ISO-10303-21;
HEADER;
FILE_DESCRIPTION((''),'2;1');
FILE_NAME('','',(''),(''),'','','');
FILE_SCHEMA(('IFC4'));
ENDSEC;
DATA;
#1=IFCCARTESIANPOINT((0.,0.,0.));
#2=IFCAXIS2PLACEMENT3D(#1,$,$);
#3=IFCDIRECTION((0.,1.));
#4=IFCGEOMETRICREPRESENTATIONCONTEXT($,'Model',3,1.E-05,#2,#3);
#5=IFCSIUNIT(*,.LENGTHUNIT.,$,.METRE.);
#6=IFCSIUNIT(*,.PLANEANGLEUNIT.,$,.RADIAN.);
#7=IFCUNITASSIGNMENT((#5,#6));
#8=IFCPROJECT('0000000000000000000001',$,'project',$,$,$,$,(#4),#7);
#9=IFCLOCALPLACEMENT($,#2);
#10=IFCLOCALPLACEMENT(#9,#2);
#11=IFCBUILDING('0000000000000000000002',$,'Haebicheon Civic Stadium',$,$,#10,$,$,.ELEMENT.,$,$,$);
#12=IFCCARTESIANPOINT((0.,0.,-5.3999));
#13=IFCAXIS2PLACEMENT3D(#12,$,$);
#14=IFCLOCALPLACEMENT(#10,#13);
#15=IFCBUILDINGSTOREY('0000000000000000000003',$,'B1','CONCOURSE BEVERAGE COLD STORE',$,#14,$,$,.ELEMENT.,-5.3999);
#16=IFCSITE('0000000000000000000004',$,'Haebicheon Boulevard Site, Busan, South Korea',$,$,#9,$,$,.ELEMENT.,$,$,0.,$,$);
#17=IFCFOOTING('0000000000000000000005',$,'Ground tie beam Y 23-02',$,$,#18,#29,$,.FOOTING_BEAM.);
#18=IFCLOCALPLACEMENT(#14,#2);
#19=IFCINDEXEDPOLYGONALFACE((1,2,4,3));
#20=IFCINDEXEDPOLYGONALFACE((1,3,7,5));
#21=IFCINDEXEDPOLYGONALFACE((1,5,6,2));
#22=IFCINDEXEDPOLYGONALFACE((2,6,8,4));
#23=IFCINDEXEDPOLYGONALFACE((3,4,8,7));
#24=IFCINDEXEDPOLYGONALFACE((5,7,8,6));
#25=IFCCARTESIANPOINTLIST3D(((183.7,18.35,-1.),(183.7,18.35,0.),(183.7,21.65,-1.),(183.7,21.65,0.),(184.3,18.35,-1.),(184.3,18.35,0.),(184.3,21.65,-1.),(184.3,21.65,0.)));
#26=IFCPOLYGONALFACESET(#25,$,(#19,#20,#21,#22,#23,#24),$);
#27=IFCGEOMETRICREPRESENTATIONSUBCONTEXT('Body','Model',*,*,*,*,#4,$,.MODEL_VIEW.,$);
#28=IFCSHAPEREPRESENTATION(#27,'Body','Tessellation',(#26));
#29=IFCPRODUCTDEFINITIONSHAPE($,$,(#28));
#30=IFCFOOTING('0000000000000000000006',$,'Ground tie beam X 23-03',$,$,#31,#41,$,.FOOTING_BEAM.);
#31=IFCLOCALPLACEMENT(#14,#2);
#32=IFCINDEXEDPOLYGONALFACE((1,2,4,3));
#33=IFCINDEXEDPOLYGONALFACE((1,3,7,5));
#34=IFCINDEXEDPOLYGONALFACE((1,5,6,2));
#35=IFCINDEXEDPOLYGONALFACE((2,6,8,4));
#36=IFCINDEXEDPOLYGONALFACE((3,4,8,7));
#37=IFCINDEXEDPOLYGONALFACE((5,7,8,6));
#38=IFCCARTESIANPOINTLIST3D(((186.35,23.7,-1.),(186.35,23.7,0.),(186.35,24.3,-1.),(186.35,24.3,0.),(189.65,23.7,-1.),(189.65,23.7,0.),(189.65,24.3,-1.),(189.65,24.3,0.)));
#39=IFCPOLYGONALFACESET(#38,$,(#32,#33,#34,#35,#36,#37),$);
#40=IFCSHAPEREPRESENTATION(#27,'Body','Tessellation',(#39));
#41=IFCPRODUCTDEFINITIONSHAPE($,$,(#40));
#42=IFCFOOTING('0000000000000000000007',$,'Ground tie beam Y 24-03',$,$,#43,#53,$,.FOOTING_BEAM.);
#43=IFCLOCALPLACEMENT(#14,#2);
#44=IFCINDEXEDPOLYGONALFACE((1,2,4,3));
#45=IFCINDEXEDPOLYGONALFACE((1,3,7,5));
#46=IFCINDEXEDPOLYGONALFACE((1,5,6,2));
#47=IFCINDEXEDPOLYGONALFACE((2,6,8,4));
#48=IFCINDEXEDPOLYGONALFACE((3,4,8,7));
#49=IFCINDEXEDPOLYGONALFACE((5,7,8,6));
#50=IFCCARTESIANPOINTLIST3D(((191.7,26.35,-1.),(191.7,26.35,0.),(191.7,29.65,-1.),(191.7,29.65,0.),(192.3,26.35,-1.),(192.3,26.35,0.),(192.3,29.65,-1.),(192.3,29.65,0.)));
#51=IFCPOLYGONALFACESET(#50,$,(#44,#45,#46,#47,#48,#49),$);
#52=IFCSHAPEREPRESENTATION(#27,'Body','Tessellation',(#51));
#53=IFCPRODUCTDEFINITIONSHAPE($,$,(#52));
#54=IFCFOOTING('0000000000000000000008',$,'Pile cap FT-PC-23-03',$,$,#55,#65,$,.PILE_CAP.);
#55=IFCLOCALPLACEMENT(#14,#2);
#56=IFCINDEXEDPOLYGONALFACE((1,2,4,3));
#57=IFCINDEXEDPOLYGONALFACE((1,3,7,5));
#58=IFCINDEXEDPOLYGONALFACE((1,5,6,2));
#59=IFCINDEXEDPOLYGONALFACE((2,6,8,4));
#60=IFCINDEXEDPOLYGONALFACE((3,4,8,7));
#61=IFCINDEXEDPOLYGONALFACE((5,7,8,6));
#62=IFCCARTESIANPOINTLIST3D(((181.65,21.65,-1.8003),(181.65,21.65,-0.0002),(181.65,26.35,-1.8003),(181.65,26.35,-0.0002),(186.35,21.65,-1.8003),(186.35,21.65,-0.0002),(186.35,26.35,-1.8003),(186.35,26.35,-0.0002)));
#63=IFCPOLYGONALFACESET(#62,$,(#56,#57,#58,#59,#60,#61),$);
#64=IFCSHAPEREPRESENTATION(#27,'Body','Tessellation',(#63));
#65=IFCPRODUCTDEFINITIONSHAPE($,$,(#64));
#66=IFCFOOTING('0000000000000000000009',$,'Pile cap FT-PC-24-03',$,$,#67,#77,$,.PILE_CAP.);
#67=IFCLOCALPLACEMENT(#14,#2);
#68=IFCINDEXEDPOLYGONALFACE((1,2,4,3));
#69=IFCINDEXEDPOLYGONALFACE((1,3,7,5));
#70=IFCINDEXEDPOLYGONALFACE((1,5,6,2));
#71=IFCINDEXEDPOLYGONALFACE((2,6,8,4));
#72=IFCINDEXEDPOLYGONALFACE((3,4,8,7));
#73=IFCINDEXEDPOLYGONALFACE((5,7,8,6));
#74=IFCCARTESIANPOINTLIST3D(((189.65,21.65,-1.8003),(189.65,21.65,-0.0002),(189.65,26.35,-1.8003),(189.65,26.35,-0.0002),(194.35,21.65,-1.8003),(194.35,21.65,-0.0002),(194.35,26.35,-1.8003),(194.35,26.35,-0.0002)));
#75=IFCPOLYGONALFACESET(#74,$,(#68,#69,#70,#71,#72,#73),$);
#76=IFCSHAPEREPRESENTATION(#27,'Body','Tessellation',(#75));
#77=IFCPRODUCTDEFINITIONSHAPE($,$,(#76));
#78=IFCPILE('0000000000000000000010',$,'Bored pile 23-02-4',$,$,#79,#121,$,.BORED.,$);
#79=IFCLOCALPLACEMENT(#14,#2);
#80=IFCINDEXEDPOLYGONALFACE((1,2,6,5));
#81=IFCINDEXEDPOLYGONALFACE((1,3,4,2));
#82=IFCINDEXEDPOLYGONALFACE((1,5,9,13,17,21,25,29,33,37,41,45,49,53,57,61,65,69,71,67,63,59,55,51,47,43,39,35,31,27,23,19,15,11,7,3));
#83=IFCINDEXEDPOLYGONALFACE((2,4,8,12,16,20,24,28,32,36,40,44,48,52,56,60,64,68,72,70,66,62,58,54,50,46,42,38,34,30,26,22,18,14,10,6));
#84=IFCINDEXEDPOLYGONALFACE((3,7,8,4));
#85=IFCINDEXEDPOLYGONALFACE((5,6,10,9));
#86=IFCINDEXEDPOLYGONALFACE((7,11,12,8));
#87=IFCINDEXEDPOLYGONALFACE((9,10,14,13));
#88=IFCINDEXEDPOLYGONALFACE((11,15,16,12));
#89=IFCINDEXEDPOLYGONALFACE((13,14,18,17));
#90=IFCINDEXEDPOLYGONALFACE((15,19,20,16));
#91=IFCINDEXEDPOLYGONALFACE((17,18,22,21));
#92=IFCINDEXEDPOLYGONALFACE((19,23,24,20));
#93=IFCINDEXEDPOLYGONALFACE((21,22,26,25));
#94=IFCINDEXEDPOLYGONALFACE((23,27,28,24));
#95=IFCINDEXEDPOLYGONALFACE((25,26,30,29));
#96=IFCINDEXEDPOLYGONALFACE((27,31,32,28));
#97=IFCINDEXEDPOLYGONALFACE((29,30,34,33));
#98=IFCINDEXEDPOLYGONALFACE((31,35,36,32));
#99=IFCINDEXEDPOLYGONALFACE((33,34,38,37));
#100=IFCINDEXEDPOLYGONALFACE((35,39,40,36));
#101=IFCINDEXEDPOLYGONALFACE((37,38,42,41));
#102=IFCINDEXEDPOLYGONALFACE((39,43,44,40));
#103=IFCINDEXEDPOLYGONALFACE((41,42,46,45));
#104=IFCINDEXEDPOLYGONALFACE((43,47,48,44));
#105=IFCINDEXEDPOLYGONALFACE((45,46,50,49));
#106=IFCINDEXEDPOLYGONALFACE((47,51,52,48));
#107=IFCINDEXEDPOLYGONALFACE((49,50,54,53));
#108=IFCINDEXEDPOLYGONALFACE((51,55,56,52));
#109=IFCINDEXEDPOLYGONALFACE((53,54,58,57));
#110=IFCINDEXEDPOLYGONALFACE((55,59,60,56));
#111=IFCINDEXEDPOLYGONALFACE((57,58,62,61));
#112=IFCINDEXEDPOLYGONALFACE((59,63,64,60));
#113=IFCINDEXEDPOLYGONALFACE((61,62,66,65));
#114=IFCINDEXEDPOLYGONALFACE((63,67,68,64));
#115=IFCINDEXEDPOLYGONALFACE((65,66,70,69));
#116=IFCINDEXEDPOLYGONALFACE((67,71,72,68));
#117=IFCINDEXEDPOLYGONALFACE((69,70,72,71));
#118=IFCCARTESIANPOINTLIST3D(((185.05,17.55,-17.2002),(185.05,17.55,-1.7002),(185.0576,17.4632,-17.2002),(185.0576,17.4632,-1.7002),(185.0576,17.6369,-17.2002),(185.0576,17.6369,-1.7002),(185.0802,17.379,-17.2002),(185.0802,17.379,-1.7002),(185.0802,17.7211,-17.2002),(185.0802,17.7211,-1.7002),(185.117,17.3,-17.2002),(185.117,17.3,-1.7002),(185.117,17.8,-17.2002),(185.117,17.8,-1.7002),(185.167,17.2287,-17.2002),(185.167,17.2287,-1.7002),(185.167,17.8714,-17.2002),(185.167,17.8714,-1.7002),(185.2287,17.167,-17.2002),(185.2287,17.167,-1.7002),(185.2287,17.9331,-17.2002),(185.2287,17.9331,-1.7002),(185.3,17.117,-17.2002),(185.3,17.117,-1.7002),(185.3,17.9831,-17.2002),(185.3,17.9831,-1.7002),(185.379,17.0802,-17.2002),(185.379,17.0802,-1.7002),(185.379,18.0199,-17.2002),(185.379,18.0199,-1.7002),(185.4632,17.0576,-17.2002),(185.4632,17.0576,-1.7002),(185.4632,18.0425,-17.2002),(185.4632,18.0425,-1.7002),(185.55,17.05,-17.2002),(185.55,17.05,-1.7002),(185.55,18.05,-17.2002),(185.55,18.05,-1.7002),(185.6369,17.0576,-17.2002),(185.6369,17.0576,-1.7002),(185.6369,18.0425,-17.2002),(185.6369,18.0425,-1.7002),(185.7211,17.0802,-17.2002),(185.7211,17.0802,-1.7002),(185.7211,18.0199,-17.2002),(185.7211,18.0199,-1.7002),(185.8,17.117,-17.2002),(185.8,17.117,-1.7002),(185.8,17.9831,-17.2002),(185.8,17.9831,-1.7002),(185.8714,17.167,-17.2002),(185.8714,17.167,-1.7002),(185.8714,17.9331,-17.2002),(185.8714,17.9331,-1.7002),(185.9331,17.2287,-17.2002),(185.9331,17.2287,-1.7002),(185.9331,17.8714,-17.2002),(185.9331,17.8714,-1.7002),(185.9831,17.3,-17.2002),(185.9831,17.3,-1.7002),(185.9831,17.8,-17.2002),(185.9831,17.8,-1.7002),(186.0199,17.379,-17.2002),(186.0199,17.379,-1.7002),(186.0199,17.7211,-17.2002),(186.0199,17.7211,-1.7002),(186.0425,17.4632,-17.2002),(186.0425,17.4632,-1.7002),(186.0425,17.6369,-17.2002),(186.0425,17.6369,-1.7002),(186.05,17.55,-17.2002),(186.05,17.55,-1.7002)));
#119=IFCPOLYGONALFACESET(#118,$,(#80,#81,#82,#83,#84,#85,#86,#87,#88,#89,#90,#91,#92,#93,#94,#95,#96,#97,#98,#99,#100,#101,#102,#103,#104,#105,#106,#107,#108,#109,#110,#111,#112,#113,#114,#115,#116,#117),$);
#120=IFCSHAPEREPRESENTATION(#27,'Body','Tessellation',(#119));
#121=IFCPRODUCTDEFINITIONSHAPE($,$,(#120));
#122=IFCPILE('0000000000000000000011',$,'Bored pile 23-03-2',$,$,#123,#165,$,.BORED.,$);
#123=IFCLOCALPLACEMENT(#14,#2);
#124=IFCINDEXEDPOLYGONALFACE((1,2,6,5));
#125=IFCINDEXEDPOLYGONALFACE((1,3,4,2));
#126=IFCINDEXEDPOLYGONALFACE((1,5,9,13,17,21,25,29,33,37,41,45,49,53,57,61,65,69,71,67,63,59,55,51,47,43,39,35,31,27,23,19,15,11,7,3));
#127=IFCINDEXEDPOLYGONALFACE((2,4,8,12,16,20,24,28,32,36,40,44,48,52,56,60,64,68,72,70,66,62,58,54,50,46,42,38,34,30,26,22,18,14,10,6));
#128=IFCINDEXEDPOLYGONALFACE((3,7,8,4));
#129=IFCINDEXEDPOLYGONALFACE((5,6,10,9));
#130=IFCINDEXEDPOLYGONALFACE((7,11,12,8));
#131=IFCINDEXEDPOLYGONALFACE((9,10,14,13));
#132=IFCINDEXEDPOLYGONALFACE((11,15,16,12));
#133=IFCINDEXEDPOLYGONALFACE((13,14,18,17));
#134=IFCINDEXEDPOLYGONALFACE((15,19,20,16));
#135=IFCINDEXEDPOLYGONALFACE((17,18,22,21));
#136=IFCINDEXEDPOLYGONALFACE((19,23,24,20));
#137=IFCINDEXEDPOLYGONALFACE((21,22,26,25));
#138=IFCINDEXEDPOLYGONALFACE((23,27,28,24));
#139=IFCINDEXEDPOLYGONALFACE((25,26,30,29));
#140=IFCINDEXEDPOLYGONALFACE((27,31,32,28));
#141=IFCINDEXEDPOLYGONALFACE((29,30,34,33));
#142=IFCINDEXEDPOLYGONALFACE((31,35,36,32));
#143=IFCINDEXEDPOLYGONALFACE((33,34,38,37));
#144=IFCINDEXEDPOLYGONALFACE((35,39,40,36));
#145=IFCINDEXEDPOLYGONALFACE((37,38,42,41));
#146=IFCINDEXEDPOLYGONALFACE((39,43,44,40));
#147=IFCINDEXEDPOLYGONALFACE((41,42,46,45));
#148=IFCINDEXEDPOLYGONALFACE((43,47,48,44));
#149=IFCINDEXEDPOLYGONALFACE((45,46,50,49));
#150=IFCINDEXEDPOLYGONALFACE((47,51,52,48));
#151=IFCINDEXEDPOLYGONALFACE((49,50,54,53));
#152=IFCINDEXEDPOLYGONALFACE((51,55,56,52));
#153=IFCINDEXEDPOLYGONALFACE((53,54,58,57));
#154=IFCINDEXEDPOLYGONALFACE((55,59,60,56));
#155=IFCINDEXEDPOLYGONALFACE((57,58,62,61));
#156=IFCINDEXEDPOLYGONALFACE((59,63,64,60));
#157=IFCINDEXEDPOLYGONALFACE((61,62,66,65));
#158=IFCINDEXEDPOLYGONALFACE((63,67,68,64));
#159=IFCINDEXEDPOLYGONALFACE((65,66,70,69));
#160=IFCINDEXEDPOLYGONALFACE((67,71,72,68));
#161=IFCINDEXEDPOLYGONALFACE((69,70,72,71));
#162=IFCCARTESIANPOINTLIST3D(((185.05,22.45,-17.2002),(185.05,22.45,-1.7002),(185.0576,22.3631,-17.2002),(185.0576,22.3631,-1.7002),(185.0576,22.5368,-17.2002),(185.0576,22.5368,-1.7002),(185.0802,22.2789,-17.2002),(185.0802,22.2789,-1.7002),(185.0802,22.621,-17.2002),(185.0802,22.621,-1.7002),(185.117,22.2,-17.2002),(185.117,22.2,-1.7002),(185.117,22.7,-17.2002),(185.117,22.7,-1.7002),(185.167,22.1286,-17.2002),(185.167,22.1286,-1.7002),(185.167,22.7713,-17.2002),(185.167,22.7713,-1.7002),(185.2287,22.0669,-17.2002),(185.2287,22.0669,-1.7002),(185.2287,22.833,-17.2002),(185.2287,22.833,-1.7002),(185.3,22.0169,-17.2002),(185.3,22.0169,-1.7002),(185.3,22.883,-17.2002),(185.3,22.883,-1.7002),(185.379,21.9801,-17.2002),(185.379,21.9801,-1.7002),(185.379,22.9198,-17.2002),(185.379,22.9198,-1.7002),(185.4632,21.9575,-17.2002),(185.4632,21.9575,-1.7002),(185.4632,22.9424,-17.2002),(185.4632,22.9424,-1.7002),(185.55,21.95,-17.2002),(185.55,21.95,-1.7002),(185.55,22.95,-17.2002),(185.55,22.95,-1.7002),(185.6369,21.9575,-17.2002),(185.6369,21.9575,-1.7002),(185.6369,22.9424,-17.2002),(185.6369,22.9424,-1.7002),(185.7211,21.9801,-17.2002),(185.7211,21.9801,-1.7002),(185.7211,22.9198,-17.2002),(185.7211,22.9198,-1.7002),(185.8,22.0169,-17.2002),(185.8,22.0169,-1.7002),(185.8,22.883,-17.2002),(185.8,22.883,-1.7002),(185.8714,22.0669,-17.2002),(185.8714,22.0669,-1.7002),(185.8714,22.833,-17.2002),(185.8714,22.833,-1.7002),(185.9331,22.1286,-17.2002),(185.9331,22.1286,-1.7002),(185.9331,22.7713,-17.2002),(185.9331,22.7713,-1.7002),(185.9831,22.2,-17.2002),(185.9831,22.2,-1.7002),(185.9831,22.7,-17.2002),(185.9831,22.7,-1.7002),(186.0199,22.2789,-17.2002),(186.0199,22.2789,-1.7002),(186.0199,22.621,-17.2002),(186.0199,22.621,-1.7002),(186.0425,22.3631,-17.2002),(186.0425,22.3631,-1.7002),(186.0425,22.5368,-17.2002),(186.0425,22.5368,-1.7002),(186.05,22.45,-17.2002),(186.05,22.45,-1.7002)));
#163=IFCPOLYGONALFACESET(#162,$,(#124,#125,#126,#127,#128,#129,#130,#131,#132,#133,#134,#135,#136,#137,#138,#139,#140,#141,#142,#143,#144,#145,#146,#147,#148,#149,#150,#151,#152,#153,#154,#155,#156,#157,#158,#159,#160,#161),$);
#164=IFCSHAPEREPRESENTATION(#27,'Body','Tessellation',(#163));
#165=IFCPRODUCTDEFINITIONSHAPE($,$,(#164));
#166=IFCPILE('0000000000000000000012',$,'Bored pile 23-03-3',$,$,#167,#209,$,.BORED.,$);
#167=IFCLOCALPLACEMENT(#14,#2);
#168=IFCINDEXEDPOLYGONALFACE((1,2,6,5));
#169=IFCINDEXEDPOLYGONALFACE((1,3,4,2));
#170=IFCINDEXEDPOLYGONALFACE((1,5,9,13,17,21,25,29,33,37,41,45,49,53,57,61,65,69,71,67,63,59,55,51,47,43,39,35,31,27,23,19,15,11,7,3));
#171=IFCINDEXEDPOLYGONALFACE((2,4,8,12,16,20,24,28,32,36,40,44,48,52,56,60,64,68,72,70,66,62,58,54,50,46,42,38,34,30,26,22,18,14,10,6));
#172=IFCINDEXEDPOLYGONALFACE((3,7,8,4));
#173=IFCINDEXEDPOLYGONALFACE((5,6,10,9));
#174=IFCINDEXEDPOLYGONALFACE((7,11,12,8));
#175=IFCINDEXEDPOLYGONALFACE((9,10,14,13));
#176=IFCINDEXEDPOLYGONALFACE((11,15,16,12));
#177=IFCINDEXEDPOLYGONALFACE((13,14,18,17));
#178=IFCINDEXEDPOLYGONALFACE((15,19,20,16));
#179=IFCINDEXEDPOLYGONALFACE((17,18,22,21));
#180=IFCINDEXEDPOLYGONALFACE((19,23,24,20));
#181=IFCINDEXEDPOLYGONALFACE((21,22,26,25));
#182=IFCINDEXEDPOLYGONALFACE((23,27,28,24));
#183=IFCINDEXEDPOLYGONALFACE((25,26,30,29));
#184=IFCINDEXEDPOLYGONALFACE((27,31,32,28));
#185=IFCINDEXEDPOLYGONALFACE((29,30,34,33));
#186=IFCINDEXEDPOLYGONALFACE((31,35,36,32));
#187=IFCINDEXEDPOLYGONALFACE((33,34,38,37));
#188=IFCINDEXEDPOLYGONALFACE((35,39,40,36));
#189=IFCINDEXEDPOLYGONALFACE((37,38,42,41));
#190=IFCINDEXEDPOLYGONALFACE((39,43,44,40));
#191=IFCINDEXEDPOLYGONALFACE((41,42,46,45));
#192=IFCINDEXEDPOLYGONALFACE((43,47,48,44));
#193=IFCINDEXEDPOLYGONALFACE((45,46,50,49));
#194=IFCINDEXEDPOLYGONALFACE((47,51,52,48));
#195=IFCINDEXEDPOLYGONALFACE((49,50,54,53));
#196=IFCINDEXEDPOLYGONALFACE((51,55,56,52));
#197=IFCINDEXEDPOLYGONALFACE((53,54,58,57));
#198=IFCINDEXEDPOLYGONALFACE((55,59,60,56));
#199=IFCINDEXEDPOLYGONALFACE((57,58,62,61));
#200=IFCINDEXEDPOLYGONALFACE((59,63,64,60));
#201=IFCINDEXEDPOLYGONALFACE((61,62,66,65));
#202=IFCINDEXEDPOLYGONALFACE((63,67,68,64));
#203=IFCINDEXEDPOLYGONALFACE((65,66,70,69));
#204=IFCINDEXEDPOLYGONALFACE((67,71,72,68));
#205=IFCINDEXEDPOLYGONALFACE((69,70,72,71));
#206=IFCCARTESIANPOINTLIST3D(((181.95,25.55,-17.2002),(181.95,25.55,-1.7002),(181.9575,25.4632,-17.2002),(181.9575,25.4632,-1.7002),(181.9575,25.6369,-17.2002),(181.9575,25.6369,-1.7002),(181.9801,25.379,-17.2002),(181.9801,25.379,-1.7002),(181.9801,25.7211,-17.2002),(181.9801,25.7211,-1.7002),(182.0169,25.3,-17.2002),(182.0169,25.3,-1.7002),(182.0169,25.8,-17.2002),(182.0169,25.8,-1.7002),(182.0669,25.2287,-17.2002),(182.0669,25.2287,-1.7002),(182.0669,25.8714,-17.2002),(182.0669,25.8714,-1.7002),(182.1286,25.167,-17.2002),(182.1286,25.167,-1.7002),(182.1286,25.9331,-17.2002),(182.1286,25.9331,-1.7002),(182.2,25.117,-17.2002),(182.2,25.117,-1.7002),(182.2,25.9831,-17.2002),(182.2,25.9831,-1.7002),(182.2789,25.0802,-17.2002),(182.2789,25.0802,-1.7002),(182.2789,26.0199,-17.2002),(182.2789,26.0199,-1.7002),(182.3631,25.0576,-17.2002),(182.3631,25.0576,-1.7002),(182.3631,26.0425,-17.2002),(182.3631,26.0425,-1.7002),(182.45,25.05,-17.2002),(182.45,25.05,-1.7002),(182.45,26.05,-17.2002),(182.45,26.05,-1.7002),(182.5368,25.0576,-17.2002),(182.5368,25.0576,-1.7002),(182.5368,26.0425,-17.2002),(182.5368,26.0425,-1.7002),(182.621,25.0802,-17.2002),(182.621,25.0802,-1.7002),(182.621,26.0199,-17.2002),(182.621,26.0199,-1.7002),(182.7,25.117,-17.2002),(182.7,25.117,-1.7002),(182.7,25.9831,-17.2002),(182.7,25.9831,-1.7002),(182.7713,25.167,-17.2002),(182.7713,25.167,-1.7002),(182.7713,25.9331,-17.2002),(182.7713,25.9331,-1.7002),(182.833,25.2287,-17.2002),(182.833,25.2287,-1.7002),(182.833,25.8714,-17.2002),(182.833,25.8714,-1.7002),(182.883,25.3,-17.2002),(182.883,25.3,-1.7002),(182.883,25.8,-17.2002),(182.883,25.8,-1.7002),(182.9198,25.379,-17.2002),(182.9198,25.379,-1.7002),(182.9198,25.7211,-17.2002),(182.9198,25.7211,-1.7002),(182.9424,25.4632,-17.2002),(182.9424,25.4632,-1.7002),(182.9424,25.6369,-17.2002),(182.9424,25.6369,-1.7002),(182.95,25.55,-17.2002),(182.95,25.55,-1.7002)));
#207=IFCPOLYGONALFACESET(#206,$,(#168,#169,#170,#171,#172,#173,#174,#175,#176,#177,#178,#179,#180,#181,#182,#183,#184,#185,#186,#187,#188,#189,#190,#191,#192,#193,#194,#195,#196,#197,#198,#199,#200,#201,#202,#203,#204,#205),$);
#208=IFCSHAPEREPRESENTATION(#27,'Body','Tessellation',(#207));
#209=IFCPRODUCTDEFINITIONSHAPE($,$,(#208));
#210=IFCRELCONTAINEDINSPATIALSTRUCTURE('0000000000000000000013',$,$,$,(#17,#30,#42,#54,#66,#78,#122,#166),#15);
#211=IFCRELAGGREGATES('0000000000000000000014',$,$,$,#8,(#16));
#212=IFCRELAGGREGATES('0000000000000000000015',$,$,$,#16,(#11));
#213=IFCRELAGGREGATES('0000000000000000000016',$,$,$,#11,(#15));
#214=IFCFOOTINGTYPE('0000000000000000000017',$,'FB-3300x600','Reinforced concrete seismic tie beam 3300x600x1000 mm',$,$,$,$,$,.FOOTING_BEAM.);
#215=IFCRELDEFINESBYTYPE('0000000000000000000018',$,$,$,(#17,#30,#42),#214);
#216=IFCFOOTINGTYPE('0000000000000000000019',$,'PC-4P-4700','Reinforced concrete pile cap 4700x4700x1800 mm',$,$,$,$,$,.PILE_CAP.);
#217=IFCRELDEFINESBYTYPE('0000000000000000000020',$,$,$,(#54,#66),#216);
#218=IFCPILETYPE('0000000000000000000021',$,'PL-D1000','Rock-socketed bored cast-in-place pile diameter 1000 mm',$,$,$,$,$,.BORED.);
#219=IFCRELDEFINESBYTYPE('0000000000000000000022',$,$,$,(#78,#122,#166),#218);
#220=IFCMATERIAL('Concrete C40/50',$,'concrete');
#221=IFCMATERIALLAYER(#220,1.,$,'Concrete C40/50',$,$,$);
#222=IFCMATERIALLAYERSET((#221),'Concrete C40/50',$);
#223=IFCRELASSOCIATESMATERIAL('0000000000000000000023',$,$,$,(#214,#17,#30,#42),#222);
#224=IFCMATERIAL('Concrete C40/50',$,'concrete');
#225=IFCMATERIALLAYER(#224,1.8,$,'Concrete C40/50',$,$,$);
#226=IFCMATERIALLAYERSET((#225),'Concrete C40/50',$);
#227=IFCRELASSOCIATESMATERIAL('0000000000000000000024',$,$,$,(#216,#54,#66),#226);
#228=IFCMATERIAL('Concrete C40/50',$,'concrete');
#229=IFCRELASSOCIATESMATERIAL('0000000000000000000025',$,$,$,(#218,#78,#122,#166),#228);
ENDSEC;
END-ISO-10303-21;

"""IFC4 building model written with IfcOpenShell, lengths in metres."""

from ifc_helpers import new_model, si_unit, direction, frame, origin, origin_2d, place, context, subcontext, project, spatial, rectangle, circle, extrude, material, layer, layer_set, material_profile, profile_set, type_object, element, save


model = new_model("IFC4")

# Units and contexts
model_context = context("Model", 3, precision=1e-05, world=origin(), true_north=direction((0.0, 1.0)))
body_context = subcontext(model_context, "Body", "Model", "MODEL_VIEW")
ifc_project = project(units=[si_unit("LENGTHUNIT", "METRE"), si_unit("PLANEANGLEUNIT", "RADIAN")], contexts=[model_context])

# Site, building, storey
site_placement = place(None, origin())
site = spatial("IfcSite", under=ifc_project, at=site_placement, Name="Haebicheon Boulevard Site, Busan, South Korea", CompositionType="ELEMENT", RefElevation=0.0)
building_placement = place(site_placement, origin())
building = spatial("IfcBuilding", under=site, at=building_placement, Name="Haebicheon Civic Stadium", CompositionType="ELEMENT")
storey_placement = place(building_placement, frame((0.0, 0.0, -5.3999)))
storey = spatial("IfcBuildingStorey", under=building, at=storey_placement, Name="B1", Description="CONCOURSE BEVERAGE COLD STORE", CompositionType="ELEMENT", Elevation=-5.3999)

# Footings
ifc_material_1 = material(Name="Concrete C40/50", Category="concrete")
ifc_layer_1 = layer(ifc_material_1, 1.0, Name="Concrete C40/50")
ifc_layer_set_1 = layer_set([ifc_layer_1], Name="Concrete C40/50")
footing_type_1 = type_object("IfcFootingType", Name="FB-3300x600", Description="Reinforced concrete seismic tie beam 3300x600x1000 mm", PredefinedType="FOOTING_BEAM", material=ifc_layer_set_1)
for number, where, z_axis, x_axis, name in (
    (1, (184.0, 20.0, -1.0), (0.0, 0.0, 1.0), (0.0, 1.0, 0.0), "Ground tie beam Y 23-02"),
    (2, (188.0, 24.0, -1.0), (0.0, 0.0, 1.0), (1.0, 0.0, 0.0), "Ground tie beam X 23-03"),
    (3, (192.0, 28.0, -1.0), (0.0, 0.0, 1.0), (0.0, 1.0, 0.0), "Ground tie beam Y 24-03"),
):
    element("IfcFooting", number, at=place(storey_placement, frame(where, z_axis=z_axis, x_axis=x_axis)), inside=storey, type_object=footing_type_1, material=ifc_layer_set_1, Name=name, PredefinedType="FOOTING_BEAM", context=body_context, shape_type="SweptSolid", body=[
        extrude(rectangle(XDim=3.3, YDim=0.6001, at=origin_2d()), origin(), (0.0, 0.0, 1.0), 1.0),
    ])
ifc_material_2 = material(Name="Concrete C40/50", Category="concrete")
ifc_layer_2 = layer(ifc_material_2, 1.8, Name="Concrete C40/50")
ifc_layer_set_2 = layer_set([ifc_layer_2], Name="Concrete C40/50")
footing_type_2 = type_object("IfcFootingType", Name="PC-4P-4700", Description="Reinforced concrete pile cap 4700x4700x1800 mm", PredefinedType="PILE_CAP", material=ifc_layer_set_2)
for number, where, z_axis, x_axis, name in (
    (4, (184.0, 24.0, -1.8003), (0.0, 0.0, 1.0), (1.0, 0.0, 0.0), "Pile cap FT-PC-23-03"),
    (5, (192.0, 24.0, -1.8003), (0.0, 0.0, 1.0), (1.0, 0.0, 0.0), "Pile cap FT-PC-24-03"),
):
    element("IfcFooting", number, at=place(storey_placement, frame(where, z_axis=z_axis, x_axis=x_axis)), inside=storey, type_object=footing_type_2, material=ifc_layer_set_2, Name=name, PredefinedType="PILE_CAP", context=body_context, shape_type="SweptSolid", body=[
        extrude(rectangle(XDim=4.7, YDim=4.7, at=origin_2d()), origin(), (0.0, 0.0, 1.0), 1.8),
    ])

# Piles
ifc_material_3 = material(Name="Concrete C40/50", Category="concrete")
ifc_material_profile_1 = material_profile(ifc_material_3, circle(Radius=0.5, at=origin_2d()), Name="PILE-D1000")
ifc_profile_set_1 = profile_set([ifc_material_profile_1], Name="Concrete C40/50")
pile_type = type_object("IfcPileType", Name="PL-D1000", Description="Rock-socketed bored cast-in-place pile diameter 1000 mm", PredefinedType="BORED", material=ifc_profile_set_1)
for number, where, z_axis, x_axis, name in (
    (6, (185.55, 17.55, -1.7002), (0.0, 0.0, -1.0), (1.0, 0.0, 0.0), "Bored pile 23-02-4"),
    (7, (185.55, 22.45, -1.7002), (0.0, 0.0, -1.0), (1.0, 0.0, 0.0), "Bored pile 23-03-2"),
    (8, (182.45, 25.55, -1.7002), (0.0, 0.0, -1.0), (1.0, 0.0, 0.0), "Bored pile 23-03-3"),
):
    element("IfcPile", number, at=place(storey_placement, frame(where, z_axis=z_axis, x_axis=x_axis)), inside=storey, type_object=pile_type, material=ifc_profile_set_1, Name=name, PredefinedType="BORED", context=body_context, shape_type="SweptSolid", body=[
        extrude(circle(Radius=0.5, at=origin_2d()), origin(), (0.0, 0.0, 1.0), 15.5),
    ])

save(model, "model.ifc")
